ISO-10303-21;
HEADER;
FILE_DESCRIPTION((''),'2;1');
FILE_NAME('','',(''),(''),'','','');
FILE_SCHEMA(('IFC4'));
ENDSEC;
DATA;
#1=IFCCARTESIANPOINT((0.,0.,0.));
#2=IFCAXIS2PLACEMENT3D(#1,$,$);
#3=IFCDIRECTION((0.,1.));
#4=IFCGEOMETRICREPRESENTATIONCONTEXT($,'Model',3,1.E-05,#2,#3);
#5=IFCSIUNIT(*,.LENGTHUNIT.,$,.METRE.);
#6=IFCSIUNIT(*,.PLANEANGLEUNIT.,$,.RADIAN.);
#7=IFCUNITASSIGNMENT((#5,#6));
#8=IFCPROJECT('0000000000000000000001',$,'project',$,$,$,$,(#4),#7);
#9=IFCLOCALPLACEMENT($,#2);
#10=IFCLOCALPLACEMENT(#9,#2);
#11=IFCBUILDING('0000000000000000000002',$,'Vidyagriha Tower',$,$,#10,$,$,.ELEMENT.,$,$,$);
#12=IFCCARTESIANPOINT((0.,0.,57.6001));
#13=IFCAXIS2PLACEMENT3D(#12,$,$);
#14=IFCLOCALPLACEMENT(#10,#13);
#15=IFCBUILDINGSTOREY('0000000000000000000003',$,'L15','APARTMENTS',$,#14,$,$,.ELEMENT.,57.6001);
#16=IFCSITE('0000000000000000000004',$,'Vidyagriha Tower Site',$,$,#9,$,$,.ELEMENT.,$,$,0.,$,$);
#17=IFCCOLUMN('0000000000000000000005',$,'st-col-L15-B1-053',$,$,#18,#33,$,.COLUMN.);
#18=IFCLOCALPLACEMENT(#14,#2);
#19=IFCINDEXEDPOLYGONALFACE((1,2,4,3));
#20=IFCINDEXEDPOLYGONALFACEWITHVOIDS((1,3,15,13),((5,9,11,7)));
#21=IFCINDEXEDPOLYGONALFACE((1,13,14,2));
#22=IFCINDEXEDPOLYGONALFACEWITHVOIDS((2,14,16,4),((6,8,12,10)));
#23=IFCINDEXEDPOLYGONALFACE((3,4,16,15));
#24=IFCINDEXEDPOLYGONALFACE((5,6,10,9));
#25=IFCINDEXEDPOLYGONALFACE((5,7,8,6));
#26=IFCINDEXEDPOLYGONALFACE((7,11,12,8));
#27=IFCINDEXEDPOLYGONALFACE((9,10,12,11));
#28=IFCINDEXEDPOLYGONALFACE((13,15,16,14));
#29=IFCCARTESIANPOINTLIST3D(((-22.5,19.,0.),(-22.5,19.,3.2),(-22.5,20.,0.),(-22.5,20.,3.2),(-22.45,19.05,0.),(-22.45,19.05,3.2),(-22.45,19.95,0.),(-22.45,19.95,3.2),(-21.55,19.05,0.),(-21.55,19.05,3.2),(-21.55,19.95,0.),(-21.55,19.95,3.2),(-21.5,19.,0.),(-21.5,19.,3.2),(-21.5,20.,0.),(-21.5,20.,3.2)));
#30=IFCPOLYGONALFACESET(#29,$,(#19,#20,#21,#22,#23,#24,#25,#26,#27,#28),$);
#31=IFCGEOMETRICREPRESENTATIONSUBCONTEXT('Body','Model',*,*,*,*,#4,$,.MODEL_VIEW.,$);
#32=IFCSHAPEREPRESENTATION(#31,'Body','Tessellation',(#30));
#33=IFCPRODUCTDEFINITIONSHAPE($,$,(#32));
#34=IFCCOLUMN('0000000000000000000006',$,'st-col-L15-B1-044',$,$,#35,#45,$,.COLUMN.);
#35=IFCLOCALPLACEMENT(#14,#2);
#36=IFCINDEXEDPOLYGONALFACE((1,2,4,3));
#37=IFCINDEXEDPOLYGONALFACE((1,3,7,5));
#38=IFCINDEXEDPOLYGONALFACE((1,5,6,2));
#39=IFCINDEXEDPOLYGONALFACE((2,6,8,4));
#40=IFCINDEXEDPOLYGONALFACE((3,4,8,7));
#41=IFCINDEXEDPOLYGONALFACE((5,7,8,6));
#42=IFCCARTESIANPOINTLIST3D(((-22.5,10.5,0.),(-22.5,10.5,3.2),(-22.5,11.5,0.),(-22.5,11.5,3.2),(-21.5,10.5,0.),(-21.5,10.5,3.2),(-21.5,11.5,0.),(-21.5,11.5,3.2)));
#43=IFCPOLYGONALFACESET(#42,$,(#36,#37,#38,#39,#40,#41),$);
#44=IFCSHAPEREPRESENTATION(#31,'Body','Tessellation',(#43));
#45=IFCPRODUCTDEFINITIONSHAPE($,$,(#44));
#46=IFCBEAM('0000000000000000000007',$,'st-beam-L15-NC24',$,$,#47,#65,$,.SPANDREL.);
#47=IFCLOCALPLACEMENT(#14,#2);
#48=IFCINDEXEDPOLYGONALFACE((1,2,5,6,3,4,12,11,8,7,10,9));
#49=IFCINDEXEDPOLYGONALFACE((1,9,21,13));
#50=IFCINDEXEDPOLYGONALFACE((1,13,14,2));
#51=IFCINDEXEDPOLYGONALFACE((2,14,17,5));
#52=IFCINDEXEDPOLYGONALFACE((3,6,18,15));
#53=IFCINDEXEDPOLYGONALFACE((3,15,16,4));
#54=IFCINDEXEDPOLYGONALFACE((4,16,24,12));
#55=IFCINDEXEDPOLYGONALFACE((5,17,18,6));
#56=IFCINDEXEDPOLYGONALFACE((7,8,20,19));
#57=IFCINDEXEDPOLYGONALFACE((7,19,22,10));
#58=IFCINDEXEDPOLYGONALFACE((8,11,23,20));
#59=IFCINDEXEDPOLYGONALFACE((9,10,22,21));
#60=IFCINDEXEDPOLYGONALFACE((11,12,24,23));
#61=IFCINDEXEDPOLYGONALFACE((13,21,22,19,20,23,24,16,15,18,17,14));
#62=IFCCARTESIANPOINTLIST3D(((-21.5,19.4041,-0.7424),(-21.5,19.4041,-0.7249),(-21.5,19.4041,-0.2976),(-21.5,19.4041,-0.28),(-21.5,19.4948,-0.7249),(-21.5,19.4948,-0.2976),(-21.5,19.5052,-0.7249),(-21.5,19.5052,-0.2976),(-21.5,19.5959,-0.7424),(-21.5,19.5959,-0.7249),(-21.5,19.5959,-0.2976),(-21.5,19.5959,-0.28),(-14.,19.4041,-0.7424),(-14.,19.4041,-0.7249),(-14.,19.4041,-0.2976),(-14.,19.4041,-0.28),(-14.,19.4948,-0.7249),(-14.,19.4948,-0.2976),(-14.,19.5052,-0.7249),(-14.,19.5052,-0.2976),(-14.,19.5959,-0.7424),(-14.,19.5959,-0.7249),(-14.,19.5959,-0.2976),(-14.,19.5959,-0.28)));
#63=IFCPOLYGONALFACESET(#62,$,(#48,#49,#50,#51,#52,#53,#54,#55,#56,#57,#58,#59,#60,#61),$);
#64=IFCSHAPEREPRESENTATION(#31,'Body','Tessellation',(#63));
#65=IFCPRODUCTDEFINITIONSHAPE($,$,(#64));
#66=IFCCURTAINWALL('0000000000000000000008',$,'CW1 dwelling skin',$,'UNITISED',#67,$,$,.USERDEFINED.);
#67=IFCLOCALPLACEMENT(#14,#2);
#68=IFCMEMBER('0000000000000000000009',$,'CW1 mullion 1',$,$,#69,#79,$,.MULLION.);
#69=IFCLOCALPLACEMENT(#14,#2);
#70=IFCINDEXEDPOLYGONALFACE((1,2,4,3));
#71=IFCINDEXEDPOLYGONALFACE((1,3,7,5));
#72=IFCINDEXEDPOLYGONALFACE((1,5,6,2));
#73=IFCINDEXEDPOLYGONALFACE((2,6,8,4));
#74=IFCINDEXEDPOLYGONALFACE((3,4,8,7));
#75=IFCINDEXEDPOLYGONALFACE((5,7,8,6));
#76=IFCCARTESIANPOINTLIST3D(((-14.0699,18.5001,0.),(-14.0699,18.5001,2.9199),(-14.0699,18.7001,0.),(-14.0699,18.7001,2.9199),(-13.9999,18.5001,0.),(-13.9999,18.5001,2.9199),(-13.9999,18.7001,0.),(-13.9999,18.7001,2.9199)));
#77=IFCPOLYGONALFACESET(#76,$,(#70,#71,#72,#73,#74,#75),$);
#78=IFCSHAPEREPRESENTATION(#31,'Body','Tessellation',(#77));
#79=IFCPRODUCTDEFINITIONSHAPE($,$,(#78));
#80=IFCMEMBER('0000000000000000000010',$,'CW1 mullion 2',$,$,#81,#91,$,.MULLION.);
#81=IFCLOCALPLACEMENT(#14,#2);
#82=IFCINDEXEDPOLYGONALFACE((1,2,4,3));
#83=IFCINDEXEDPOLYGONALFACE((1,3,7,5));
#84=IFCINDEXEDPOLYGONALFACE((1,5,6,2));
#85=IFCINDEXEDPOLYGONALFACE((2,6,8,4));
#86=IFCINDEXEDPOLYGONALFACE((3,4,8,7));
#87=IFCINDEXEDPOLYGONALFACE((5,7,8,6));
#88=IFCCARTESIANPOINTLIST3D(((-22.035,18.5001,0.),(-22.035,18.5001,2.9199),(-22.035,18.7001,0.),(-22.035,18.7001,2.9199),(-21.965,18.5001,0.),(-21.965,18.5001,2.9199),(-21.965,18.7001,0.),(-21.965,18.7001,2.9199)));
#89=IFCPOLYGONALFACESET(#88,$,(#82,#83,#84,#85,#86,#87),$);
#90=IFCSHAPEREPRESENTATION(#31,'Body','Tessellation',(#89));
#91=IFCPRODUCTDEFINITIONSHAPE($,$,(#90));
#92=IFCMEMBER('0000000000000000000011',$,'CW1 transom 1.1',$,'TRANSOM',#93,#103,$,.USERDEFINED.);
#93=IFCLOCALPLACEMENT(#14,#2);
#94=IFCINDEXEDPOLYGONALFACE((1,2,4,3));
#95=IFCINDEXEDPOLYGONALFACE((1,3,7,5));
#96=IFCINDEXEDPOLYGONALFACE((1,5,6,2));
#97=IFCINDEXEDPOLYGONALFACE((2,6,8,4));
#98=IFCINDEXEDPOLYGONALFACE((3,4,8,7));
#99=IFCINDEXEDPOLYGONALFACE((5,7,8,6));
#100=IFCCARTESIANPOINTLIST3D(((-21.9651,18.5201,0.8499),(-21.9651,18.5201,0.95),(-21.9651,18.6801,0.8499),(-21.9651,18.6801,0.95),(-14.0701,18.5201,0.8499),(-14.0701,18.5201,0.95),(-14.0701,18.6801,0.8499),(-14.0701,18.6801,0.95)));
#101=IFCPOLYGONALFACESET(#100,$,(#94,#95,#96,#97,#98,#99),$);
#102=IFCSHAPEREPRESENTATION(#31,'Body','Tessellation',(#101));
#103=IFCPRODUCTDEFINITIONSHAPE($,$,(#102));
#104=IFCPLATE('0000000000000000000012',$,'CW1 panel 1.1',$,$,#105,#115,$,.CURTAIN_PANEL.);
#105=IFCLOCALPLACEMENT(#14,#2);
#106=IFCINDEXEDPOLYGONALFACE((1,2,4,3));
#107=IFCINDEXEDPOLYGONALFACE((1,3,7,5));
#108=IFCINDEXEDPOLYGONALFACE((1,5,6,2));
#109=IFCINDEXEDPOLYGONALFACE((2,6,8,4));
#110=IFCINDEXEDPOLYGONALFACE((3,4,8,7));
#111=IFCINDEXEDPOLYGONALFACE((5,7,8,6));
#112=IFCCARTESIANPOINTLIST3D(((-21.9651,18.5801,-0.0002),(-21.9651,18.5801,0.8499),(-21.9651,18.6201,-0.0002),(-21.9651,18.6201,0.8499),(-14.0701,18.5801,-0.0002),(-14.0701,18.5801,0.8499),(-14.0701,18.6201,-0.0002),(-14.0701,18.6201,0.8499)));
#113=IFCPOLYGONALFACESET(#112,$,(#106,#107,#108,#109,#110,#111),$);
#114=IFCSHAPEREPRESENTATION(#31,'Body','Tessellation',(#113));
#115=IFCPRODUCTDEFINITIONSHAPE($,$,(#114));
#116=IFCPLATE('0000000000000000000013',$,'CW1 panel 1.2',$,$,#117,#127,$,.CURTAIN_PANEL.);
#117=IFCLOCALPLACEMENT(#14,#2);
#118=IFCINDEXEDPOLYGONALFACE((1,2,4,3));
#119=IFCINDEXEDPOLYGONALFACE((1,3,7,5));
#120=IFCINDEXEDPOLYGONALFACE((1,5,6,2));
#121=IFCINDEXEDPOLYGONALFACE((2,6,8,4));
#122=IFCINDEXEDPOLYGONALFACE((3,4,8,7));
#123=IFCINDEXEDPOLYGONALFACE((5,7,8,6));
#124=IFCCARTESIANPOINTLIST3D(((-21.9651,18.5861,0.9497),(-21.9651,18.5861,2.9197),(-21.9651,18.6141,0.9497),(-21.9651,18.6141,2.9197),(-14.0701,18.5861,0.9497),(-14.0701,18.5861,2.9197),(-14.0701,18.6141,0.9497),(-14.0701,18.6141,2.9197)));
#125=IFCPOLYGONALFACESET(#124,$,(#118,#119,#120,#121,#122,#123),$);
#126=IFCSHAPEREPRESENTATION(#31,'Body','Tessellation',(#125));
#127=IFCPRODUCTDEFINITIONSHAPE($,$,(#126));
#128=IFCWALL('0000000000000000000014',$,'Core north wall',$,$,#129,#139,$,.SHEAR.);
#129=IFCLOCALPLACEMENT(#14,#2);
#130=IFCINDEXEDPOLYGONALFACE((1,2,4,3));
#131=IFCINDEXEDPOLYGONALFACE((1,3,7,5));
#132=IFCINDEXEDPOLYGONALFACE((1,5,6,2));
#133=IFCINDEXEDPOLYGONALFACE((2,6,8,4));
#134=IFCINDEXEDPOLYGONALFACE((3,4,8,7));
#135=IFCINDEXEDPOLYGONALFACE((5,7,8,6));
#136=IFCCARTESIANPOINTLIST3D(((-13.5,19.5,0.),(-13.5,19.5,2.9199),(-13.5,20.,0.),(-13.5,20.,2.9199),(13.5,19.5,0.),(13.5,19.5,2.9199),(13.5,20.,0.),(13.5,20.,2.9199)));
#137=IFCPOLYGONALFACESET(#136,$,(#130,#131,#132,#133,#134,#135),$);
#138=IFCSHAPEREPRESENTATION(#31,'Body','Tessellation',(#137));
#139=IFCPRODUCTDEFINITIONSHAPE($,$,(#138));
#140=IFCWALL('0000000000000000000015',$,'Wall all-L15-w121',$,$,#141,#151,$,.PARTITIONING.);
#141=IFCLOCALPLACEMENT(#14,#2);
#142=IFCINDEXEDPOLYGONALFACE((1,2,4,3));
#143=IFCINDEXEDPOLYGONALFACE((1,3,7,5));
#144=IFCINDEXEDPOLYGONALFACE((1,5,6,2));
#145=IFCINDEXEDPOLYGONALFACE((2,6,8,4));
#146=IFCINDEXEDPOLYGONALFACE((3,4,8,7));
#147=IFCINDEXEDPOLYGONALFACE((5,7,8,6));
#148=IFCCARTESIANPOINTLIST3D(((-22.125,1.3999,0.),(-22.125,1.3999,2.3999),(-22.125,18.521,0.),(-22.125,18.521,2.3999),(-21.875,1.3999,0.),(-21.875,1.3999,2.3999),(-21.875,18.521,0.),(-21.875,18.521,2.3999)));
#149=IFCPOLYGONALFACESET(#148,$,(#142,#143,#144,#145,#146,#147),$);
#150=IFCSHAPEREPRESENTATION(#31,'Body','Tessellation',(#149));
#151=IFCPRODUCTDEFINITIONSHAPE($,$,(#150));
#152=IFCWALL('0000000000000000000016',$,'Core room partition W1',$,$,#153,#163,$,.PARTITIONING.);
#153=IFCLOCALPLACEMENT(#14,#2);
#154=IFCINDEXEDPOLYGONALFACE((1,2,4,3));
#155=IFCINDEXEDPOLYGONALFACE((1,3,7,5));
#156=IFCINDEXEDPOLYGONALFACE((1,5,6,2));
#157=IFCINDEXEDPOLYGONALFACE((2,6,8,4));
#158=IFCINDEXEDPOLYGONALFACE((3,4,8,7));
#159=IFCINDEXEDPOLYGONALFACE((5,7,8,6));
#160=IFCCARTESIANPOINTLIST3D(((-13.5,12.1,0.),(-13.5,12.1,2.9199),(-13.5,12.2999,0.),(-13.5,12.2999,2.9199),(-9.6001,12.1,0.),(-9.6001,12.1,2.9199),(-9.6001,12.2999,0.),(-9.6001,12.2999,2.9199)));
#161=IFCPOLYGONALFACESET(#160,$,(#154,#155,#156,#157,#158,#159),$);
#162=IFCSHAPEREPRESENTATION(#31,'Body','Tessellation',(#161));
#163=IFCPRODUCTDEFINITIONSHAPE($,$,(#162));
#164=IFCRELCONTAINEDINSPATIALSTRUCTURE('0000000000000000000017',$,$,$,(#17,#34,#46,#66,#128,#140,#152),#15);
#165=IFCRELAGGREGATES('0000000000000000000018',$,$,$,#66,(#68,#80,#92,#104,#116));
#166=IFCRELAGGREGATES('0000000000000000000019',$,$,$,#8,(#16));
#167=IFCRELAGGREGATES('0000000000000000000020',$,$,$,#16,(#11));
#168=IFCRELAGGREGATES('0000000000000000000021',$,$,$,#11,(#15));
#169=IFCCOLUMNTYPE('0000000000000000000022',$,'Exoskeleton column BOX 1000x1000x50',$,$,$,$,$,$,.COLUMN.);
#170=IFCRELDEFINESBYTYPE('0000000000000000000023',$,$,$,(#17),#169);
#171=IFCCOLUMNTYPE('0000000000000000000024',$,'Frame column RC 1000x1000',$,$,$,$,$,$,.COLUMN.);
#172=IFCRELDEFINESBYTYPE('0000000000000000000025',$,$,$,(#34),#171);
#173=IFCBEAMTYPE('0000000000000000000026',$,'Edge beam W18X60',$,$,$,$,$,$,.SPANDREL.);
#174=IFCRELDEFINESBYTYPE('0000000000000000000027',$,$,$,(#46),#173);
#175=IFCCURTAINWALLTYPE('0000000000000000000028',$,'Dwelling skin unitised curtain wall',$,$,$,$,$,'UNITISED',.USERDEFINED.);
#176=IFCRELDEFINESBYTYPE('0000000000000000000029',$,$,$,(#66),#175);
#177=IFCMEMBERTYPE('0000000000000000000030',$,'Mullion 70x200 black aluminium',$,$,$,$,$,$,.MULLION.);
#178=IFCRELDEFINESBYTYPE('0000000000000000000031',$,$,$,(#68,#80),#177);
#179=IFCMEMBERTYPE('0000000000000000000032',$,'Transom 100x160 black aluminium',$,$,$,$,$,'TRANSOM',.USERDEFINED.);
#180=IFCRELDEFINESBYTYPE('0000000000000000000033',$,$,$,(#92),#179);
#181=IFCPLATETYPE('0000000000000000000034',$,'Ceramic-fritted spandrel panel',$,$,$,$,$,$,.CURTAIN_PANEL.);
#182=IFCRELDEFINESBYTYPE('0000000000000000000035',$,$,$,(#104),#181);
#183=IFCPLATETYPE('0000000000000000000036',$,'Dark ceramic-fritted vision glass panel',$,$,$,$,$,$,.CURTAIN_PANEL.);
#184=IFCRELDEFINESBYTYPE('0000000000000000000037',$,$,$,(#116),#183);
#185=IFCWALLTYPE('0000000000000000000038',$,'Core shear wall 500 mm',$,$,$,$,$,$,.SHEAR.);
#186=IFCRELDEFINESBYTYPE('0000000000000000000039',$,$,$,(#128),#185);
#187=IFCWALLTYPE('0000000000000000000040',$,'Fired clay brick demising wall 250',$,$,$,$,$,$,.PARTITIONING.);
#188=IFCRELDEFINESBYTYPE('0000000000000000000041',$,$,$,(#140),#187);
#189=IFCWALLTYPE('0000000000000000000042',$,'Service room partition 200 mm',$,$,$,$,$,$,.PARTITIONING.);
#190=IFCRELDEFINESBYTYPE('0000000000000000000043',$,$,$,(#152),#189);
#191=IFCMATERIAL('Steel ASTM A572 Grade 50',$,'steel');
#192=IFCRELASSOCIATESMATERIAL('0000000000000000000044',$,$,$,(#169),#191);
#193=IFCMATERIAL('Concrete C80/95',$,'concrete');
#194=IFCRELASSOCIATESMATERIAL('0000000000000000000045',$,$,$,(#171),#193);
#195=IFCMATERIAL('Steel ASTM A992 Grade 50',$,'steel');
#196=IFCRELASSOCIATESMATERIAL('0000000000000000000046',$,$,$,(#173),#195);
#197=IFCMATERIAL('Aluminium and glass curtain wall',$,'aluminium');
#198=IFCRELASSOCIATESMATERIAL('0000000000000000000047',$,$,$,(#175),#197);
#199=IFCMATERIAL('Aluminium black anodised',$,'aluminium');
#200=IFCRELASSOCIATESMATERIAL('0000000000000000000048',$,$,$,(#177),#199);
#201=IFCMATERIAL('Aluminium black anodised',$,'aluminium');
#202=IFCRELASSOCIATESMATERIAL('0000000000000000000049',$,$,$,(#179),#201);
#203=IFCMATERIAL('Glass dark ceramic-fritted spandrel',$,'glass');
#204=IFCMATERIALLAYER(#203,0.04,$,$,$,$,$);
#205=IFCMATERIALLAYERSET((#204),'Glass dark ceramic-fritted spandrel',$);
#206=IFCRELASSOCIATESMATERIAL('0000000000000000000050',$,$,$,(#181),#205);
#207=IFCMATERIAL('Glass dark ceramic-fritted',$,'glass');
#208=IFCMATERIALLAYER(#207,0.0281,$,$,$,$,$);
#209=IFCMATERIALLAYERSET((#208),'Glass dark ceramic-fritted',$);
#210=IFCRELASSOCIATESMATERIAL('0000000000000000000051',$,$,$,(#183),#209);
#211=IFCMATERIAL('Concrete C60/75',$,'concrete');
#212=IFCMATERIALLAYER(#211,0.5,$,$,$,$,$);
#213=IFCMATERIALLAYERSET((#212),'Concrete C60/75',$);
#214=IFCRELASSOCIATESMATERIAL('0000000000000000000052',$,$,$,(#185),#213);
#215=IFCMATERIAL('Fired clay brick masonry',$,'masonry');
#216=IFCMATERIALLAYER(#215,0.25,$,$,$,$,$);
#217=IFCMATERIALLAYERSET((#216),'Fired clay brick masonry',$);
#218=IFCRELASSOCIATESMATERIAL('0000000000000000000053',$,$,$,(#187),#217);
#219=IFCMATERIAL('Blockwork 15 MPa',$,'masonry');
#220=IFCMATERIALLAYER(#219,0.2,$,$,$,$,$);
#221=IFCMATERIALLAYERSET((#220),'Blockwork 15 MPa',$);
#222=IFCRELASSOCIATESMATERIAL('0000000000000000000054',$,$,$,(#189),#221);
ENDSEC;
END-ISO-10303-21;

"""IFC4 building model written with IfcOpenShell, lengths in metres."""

from ifc_helpers import new_model, si_unit, direction, frame, frame_2d, origin, origin_2d, place, context, subcontext, project, spatial, rectangle, hollow_rectangle, i_section, extrude, material, layer, layer_set, material_profile, profile_set, type_object, element, aggregate, save


model = new_model("IFC4")

# Units and contexts
model_context = context("Model", 3, precision=1e-05, world=origin(), true_north=direction((0.0, 1.0)))
body_context = subcontext(model_context, "Body", "Model", "MODEL_VIEW")
ifc_project = project(units=[si_unit("LENGTHUNIT", "METRE"), si_unit("PLANEANGLEUNIT", "RADIAN")], contexts=[model_context])

# Site, building, storey
site_placement = place(None, origin())
site = spatial("IfcSite", under=ifc_project, at=site_placement, Name="Vidyagriha Tower Site", CompositionType="ELEMENT", RefElevation=0.0)
building_placement = place(site_placement, origin())
building = spatial("IfcBuilding", under=site, at=building_placement, Name="Vidyagriha Tower", CompositionType="ELEMENT")
storey_placement = place(building_placement, frame((0.0, 0.0, 57.6001)))
storey = spatial("IfcBuildingStorey", under=building, at=storey_placement, Name="L15", Description="APARTMENTS", CompositionType="ELEMENT", Elevation=57.6001)

# Columns
ifc_material_1 = material(Name="Steel ASTM A572 Grade 50", Category="steel")
ifc_material_profile_1 = material_profile(ifc_material_1, hollow_rectangle(XDim=1.0, YDim=1.0, WallThickness=0.05, at=origin_2d()), Name="BOX 1000x1000x50")
ifc_profile_set_1 = profile_set([ifc_material_profile_1], Name="Steel ASTM A572 Grade 50")
column_type_1 = type_object("IfcColumnType", Name="Exoskeleton column BOX 1000x1000x50", PredefinedType="COLUMN", material=ifc_profile_set_1)
column_1_placement = place(storey_placement, frame((-22.0, 19.5, 0.0)))
element("IfcColumn", 1, at=column_1_placement, inside=storey, type_object=column_type_1, Name="st-col-L15-B1-053", PredefinedType="COLUMN", context=body_context, shape_type="SweptSolid", body=[
    extrude(hollow_rectangle(XDim=1.0, YDim=1.0, WallThickness=0.05, at=origin_2d()), origin(), (0.0, 0.0, 1.0), 3.2),
])
ifc_material_2 = material(Name="Concrete C80/95", Category="concrete")
ifc_material_profile_2 = material_profile(ifc_material_2, rectangle(XDim=1.0, YDim=1.0, at=origin_2d()), Name="RC 1000x1000")
ifc_profile_set_2 = profile_set([ifc_material_profile_2], Name="Concrete C80/95")
column_type_2 = type_object("IfcColumnType", Name="Frame column RC 1000x1000", PredefinedType="COLUMN", material=ifc_profile_set_2)
column_2_placement = place(storey_placement, frame((-22.0, 11.0, 0.0)))
element("IfcColumn", 2, at=column_2_placement, inside=storey, type_object=column_type_2, Name="st-col-L15-B1-044", PredefinedType="COLUMN", context=body_context, shape_type="SweptSolid", body=[
    extrude(rectangle(XDim=1.0, YDim=1.0, at=origin_2d()), origin(), (0.0, 0.0, 1.0), 3.2),
])

# Beam
ifc_material_3 = material(Name="Steel ASTM A992 Grade 50", Category="steel")
ifc_material_profile_3 = material_profile(ifc_material_3, i_section(OverallWidth=0.1919, OverallDepth=0.4624, WebThickness=0.0105, FlangeThickness=0.0176, at=origin_2d()), Name="W18X60")
ifc_profile_set_3 = profile_set([ifc_material_profile_3], Name="Steel ASTM A992 Grade 50")
beam_type = type_object("IfcBeamType", Name="Edge beam W18X60", PredefinedType="SPANDREL", material=ifc_profile_set_3)
beam_placement = place(storey_placement, frame((-21.5, 19.5, -0.5112), z_axis=(1.0, 0.0, 0.0), x_axis=(0.0, 1.0, 0.0)))
element("IfcBeam", 3, at=beam_placement, inside=storey, type_object=beam_type, Name="st-beam-L15-NC24", PredefinedType="SPANDREL", context=body_context, shape_type="SweptSolid", body=[
    extrude(i_section(OverallWidth=0.1919, OverallDepth=0.4624, WebThickness=0.0105, FlangeThickness=0.0176, at=origin_2d()), origin(), (0.0, 0.0, 1.0), 7.5),
])

# Curtain wall, members, plates
ifc_material_4 = material(Name="Aluminium and glass curtain wall", Category="aluminium")
curtain_wall_type = type_object("IfcCurtainWallType", Name="Dwelling skin unitised curtain wall", ElementType="UNITISED", PredefinedType="USERDEFINED", material=ifc_material_4)
curtain_wall_placement = place(storey_placement, origin())
curtain_wall = element("IfcCurtainWall", 4, at=curtain_wall_placement, inside=storey, type_object=curtain_wall_type, Name="CW1 dwelling skin", ObjectType="UNITISED", PredefinedType="USERDEFINED")
ifc_material_5 = material(Name="Aluminium black anodised", Category="aluminium")
ifc_material_profile_4 = material_profile(ifc_material_5, rectangle(XDim=0.2, YDim=0.0701, at=origin_2d()), Name="Mullion 70x200 black aluminium")
ifc_profile_set_4 = profile_set([ifc_material_profile_4], Name="Aluminium black anodised")
member_type_1 = type_object("IfcMemberType", Name="Mullion 70x200 black aluminium", PredefinedType="MULLION", material=ifc_profile_set_4)
member_1_placement = place(storey_placement, frame((-14.0349, 18.6001, 0.0), z_axis=(0.0, 0.0, 1.0), x_axis=(0.0, -1.0, 0.0)))
member_1 = element("IfcMember", 5, at=member_1_placement, type_object=member_type_1, Name="CW1 mullion 1", PredefinedType="MULLION", context=body_context, shape_type="SweptSolid", body=[
    extrude(rectangle(XDim=0.2, YDim=0.0701, at=origin_2d()), origin(), (0.0, 0.0, 1.0), 2.9199),
])
member_2_placement = place(storey_placement, frame((-22.0, 18.6001, 0.0), z_axis=(0.0, 0.0, 1.0), x_axis=(0.0, -1.0, 0.0)))
member_2 = element("IfcMember", 6, at=member_2_placement, type_object=member_type_1, Name="CW1 mullion 2", PredefinedType="MULLION", context=body_context, shape_type="SweptSolid", body=[
    extrude(rectangle(XDim=0.2, YDim=0.0701, at=origin_2d()), origin(), (0.0, 0.0, 1.0), 2.9199),
])
ifc_material_6 = material(Name="Aluminium black anodised", Category="aluminium")
ifc_material_profile_5 = material_profile(ifc_material_6, rectangle(XDim=0.1599, YDim=0.1001, at=origin_2d()), Name="Transom 100x160 black aluminium")
ifc_profile_set_5 = profile_set([ifc_material_profile_5], Name="Aluminium black anodised")
member_type_2 = type_object("IfcMemberType", Name="Transom 100x160 black aluminium", ElementType="TRANSOM", PredefinedType="USERDEFINED", material=ifc_profile_set_5)
member_3_placement = place(storey_placement, frame((-14.0701, 18.6001, 0.8999), z_axis=(-1.0, 0.0, 0.0), x_axis=(0.0, -1.0, 0.0)))
member_3 = element("IfcMember", 7, at=member_3_placement, type_object=member_type_2, Name="CW1 transom 1.1", ObjectType="TRANSOM", PredefinedType="USERDEFINED", context=body_context, shape_type="SweptSolid", body=[
    extrude(rectangle(XDim=0.1599, YDim=0.1001, at=origin_2d()), origin(), (0.0, 0.0, 1.0), 7.895),
])
ifc_material_7 = material(Name="Glass dark ceramic-fritted spandrel", Category="glass")
ifc_layer_1 = layer(ifc_material_7, 0.04)
ifc_layer_set_1 = layer_set([ifc_layer_1], Name="Glass dark ceramic-fritted spandrel")
plate_type_1 = type_object("IfcPlateType", Name="Ceramic-fritted spandrel panel", PredefinedType="CURTAIN_PANEL", material=ifc_layer_set_1)
plate_1_placement = place(storey_placement, frame((-18.0176, 18.6001, -0.0002), z_axis=(0.0, 0.0, 1.0), x_axis=(-1.0, 0.0, 0.0)))
plate_1 = element("IfcPlate", 8, at=plate_1_placement, type_object=plate_type_1, Name="CW1 panel 1.1", PredefinedType="CURTAIN_PANEL", context=body_context, shape_type="SweptSolid", body=[
    extrude(rectangle(XDim=7.895, YDim=0.04, at=origin_2d()), origin(), (0.0, 0.0, 1.0), 0.8501),
])
ifc_material_8 = material(Name="Glass dark ceramic-fritted", Category="glass")
ifc_layer_2 = layer(ifc_material_8, 0.0281)
ifc_layer_set_2 = layer_set([ifc_layer_2], Name="Glass dark ceramic-fritted")
plate_type_2 = type_object("IfcPlateType", Name="Dark ceramic-fritted vision glass panel", PredefinedType="CURTAIN_PANEL", material=ifc_layer_set_2)
plate_2_placement = place(storey_placement, frame((-18.0176, 18.6001, 0.9497), z_axis=(0.0, 0.0, 1.0), x_axis=(-1.0, 0.0, 0.0)))
plate_2 = element("IfcPlate", 9, at=plate_2_placement, type_object=plate_type_2, Name="CW1 panel 1.2", PredefinedType="CURTAIN_PANEL", context=body_context, shape_type="SweptSolid", body=[
    extrude(rectangle(XDim=7.895, YDim=0.0281, at=origin_2d()), origin(), (0.0, 0.0, 1.0), 1.97),
])
aggregate(curtain_wall, [member_1, member_2, member_3, plate_1, plate_2])

# Walls
ifc_material_9 = material(Name="Concrete C60/75", Category="concrete")
ifc_layer_3 = layer(ifc_material_9, 0.5)
ifc_layer_set_3 = layer_set([ifc_layer_3], Name="Concrete C60/75")
wall_type_1 = type_object("IfcWallType", Name="Core shear wall 500 mm", PredefinedType="SHEAR", material=ifc_layer_set_3)
wall_1_placement = place(storey_placement, frame((-13.5, 19.75, 0.0)))
element("IfcWall", 10, at=wall_1_placement, inside=storey, type_object=wall_type_1, Name="Core north wall", PredefinedType="SHEAR", context=body_context, shape_type="SweptSolid", body=[
    extrude(rectangle(XDim=27.0, YDim=0.5, at=frame_2d((13.5, 0.0))), origin(), (0.0, 0.0, 1.0), 2.9199),
])
ifc_material_10 = material(Name="Fired clay brick masonry", Category="masonry")
ifc_layer_4 = layer(ifc_material_10, 0.25)
ifc_layer_set_4 = layer_set([ifc_layer_4], Name="Fired clay brick masonry")
wall_type_2 = type_object("IfcWallType", Name="Fired clay brick demising wall 250", PredefinedType="PARTITIONING", material=ifc_layer_set_4)
wall_2_placement = place(storey_placement, frame((-22.0, 18.521, 0.0), z_axis=(0.0, 0.0, 1.0), x_axis=(0.0, -1.0, 0.0)))
element("IfcWall", 11, at=wall_2_placement, inside=storey, type_object=wall_type_2, Name="Wall all-L15-w121", PredefinedType="PARTITIONING", context=body_context, shape_type="SweptSolid", body=[
    extrude(rectangle(XDim=17.1211, YDim=0.25, at=frame_2d((8.5605, 0.0))), origin(), (0.0, 0.0, 1.0), 2.3999),
])
ifc_material_11 = material(Name="Blockwork 15 MPa", Category="masonry")
ifc_layer_5 = layer(ifc_material_11, 0.2)
ifc_layer_set_5 = layer_set([ifc_layer_5], Name="Blockwork 15 MPa")
wall_type_3 = type_object("IfcWallType", Name="Service room partition 200 mm", PredefinedType="PARTITIONING", material=ifc_layer_set_5)
wall_3_placement = place(storey_placement, frame((-13.5, 12.2, 0.0)))
element("IfcWall", 12, at=wall_3_placement, inside=storey, type_object=wall_type_3, Name="Core room partition W1", PredefinedType="PARTITIONING", context=body_context, shape_type="SweptSolid", body=[
    extrude(rectangle(XDim=3.8999, YDim=0.2, at=frame_2d((1.95, 0.0))), origin(), (0.0, 0.0, 1.0), 2.9199),
])

save(model, "model.ifc")
